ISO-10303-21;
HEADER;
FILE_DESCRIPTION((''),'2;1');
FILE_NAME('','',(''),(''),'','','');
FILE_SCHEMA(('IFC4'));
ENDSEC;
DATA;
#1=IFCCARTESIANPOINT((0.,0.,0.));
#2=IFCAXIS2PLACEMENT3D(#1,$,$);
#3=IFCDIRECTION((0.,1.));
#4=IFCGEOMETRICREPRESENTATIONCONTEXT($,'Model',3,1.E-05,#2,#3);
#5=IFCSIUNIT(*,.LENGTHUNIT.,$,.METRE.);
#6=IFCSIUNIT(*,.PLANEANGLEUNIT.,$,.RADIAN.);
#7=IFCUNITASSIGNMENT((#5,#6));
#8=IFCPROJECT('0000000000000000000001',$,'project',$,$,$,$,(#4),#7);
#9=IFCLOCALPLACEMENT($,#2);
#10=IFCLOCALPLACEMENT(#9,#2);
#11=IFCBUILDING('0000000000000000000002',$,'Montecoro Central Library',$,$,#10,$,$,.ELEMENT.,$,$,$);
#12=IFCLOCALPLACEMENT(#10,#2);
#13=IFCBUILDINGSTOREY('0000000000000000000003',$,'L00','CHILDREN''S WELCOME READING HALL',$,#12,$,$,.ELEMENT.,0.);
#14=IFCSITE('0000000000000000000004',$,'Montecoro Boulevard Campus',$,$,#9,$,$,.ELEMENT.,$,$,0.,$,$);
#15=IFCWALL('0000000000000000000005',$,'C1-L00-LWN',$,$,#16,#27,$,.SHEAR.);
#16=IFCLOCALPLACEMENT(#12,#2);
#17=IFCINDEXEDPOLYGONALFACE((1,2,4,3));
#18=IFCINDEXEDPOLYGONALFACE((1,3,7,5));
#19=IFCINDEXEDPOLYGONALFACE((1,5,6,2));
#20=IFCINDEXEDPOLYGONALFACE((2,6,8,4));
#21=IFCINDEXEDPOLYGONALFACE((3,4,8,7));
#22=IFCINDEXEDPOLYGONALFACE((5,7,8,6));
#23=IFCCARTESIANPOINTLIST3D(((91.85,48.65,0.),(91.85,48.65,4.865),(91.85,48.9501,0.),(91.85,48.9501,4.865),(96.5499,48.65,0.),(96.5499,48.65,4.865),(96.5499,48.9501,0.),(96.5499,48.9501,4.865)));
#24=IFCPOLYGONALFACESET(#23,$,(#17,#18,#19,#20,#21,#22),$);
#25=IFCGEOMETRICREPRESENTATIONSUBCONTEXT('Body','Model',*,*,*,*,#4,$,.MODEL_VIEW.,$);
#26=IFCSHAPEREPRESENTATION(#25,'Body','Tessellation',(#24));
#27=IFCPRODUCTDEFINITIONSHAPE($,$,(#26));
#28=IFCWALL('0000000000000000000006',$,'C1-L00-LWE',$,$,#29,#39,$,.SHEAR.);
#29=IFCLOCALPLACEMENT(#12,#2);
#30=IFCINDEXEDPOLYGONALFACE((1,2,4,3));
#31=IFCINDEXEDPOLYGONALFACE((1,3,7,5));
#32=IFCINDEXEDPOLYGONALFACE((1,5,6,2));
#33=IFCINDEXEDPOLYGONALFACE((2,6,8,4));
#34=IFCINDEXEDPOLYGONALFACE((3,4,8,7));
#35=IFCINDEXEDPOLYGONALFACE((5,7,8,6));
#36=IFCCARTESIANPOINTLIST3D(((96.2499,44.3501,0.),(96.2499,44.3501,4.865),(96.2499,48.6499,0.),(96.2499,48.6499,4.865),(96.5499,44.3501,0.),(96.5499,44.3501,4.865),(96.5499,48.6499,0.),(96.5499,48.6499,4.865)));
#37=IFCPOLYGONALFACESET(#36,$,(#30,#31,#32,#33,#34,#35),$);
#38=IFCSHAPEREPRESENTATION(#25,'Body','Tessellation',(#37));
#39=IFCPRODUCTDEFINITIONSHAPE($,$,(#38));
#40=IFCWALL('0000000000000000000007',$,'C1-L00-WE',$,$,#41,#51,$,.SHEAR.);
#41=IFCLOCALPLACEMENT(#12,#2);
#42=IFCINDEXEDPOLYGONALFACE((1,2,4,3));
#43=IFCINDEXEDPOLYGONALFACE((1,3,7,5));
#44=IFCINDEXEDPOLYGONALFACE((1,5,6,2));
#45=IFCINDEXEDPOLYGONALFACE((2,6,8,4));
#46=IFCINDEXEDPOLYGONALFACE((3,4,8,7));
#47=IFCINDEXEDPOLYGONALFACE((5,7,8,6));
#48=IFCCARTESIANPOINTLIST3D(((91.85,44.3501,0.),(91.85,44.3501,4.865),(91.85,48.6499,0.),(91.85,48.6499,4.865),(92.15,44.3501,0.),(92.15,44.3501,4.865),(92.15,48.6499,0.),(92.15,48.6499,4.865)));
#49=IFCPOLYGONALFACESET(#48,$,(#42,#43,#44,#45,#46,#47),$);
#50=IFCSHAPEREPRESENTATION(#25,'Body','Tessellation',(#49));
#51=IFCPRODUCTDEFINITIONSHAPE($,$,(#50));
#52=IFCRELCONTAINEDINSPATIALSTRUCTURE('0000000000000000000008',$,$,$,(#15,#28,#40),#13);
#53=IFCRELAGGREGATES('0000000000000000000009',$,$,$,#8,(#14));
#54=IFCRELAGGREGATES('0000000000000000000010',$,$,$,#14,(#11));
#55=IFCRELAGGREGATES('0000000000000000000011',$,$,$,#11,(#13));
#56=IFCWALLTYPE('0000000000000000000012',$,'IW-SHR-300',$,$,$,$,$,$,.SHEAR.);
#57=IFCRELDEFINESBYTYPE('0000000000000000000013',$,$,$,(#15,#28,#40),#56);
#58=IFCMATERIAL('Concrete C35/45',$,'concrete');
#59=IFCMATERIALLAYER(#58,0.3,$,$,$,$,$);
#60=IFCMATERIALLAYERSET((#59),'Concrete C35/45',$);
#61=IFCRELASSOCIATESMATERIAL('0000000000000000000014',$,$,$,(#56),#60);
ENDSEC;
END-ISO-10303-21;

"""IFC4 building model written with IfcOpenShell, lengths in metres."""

from ifc_helpers import new_model, si_unit, direction, frame, frame_2d, origin, place, context, subcontext, project, spatial, rectangle, extrude, material, layer, layer_set, type_object, element, save


model = new_model("IFC4")

# Units and contexts
model_context = context("Model", 3, precision=1e-05, world=origin(), true_north=direction((0.0, 1.0)))
body_context = subcontext(model_context, "Body", "Model", "MODEL_VIEW")
ifc_project = project(units=[si_unit("LENGTHUNIT", "METRE"), si_unit("PLANEANGLEUNIT", "RADIAN")], contexts=[model_context])

# Site, building, storey
site_placement = place(None, origin())
site = spatial("IfcSite", under=ifc_project, at=site_placement, Name="Montecoro Boulevard Campus", CompositionType="ELEMENT", RefElevation=0.0)
building_placement = place(site_placement, origin())
building = spatial("IfcBuilding", under=site, at=building_placement, Name="Montecoro Central Library", CompositionType="ELEMENT")
storey_placement = place(building_placement, origin())
storey = spatial("IfcBuildingStorey", under=building, at=storey_placement, Name="L00", Description="CHILDREN'S WELCOME READING HALL", CompositionType="ELEMENT", Elevation=0.0)

# Shared definitions
ifc_material_1 = material(Name="Concrete C35/45", Category="concrete")
ifc_layer_1 = layer(ifc_material_1, 0.3)
ifc_layer_set_1 = layer_set([ifc_layer_1], Name="Concrete C35/45")
wall_type_1 = type_object("IfcWallType", Name="IW-SHR-300", PredefinedType="SHEAR", material=ifc_layer_set_1)

# Walls
wall_1_placement = place(storey_placement, frame((96.55, 48.8, 0.0), z_axis=(0.0, 0.0, 1.0), x_axis=(-1.0, 0.0, 0.0)))
element("IfcWall", 1, at=wall_1_placement, inside=storey, type_object=wall_type_1, Name="C1-L00-LWN", PredefinedType="SHEAR", context=body_context, shape_type="SweptSolid", body=[
    extrude(rectangle(XDim=4.7, YDim=0.3, at=frame_2d((2.3501, 0.0))), origin(), (0.0, 0.0, 1.0), 4.865),
])
for number, where, z_axis, x_axis, name in (
    (2, (96.3999, 44.3501, 0.0), (0.0, 0.0, 1.0), (0.0, 1.0, 0.0), "C1-L00-LWE"),
    (3, (92.0, 44.3501, 0.0), (0.0, 0.0, 1.0), (0.0, 1.0, 0.0), "C1-L00-WE"),
):
    element("IfcWall", number, at=place(storey_placement, frame(where, z_axis=z_axis, x_axis=x_axis)), inside=storey, type_object=wall_type_1, Name=name, PredefinedType="SHEAR", context=body_context, shape_type="SweptSolid", body=[
        extrude(rectangle(XDim=4.2998, YDim=0.3, at=frame_2d((2.1499, 0.0))), origin(), (0.0, 0.0, 1.0), 4.865),
    ])

save(model, "model.ifc")
